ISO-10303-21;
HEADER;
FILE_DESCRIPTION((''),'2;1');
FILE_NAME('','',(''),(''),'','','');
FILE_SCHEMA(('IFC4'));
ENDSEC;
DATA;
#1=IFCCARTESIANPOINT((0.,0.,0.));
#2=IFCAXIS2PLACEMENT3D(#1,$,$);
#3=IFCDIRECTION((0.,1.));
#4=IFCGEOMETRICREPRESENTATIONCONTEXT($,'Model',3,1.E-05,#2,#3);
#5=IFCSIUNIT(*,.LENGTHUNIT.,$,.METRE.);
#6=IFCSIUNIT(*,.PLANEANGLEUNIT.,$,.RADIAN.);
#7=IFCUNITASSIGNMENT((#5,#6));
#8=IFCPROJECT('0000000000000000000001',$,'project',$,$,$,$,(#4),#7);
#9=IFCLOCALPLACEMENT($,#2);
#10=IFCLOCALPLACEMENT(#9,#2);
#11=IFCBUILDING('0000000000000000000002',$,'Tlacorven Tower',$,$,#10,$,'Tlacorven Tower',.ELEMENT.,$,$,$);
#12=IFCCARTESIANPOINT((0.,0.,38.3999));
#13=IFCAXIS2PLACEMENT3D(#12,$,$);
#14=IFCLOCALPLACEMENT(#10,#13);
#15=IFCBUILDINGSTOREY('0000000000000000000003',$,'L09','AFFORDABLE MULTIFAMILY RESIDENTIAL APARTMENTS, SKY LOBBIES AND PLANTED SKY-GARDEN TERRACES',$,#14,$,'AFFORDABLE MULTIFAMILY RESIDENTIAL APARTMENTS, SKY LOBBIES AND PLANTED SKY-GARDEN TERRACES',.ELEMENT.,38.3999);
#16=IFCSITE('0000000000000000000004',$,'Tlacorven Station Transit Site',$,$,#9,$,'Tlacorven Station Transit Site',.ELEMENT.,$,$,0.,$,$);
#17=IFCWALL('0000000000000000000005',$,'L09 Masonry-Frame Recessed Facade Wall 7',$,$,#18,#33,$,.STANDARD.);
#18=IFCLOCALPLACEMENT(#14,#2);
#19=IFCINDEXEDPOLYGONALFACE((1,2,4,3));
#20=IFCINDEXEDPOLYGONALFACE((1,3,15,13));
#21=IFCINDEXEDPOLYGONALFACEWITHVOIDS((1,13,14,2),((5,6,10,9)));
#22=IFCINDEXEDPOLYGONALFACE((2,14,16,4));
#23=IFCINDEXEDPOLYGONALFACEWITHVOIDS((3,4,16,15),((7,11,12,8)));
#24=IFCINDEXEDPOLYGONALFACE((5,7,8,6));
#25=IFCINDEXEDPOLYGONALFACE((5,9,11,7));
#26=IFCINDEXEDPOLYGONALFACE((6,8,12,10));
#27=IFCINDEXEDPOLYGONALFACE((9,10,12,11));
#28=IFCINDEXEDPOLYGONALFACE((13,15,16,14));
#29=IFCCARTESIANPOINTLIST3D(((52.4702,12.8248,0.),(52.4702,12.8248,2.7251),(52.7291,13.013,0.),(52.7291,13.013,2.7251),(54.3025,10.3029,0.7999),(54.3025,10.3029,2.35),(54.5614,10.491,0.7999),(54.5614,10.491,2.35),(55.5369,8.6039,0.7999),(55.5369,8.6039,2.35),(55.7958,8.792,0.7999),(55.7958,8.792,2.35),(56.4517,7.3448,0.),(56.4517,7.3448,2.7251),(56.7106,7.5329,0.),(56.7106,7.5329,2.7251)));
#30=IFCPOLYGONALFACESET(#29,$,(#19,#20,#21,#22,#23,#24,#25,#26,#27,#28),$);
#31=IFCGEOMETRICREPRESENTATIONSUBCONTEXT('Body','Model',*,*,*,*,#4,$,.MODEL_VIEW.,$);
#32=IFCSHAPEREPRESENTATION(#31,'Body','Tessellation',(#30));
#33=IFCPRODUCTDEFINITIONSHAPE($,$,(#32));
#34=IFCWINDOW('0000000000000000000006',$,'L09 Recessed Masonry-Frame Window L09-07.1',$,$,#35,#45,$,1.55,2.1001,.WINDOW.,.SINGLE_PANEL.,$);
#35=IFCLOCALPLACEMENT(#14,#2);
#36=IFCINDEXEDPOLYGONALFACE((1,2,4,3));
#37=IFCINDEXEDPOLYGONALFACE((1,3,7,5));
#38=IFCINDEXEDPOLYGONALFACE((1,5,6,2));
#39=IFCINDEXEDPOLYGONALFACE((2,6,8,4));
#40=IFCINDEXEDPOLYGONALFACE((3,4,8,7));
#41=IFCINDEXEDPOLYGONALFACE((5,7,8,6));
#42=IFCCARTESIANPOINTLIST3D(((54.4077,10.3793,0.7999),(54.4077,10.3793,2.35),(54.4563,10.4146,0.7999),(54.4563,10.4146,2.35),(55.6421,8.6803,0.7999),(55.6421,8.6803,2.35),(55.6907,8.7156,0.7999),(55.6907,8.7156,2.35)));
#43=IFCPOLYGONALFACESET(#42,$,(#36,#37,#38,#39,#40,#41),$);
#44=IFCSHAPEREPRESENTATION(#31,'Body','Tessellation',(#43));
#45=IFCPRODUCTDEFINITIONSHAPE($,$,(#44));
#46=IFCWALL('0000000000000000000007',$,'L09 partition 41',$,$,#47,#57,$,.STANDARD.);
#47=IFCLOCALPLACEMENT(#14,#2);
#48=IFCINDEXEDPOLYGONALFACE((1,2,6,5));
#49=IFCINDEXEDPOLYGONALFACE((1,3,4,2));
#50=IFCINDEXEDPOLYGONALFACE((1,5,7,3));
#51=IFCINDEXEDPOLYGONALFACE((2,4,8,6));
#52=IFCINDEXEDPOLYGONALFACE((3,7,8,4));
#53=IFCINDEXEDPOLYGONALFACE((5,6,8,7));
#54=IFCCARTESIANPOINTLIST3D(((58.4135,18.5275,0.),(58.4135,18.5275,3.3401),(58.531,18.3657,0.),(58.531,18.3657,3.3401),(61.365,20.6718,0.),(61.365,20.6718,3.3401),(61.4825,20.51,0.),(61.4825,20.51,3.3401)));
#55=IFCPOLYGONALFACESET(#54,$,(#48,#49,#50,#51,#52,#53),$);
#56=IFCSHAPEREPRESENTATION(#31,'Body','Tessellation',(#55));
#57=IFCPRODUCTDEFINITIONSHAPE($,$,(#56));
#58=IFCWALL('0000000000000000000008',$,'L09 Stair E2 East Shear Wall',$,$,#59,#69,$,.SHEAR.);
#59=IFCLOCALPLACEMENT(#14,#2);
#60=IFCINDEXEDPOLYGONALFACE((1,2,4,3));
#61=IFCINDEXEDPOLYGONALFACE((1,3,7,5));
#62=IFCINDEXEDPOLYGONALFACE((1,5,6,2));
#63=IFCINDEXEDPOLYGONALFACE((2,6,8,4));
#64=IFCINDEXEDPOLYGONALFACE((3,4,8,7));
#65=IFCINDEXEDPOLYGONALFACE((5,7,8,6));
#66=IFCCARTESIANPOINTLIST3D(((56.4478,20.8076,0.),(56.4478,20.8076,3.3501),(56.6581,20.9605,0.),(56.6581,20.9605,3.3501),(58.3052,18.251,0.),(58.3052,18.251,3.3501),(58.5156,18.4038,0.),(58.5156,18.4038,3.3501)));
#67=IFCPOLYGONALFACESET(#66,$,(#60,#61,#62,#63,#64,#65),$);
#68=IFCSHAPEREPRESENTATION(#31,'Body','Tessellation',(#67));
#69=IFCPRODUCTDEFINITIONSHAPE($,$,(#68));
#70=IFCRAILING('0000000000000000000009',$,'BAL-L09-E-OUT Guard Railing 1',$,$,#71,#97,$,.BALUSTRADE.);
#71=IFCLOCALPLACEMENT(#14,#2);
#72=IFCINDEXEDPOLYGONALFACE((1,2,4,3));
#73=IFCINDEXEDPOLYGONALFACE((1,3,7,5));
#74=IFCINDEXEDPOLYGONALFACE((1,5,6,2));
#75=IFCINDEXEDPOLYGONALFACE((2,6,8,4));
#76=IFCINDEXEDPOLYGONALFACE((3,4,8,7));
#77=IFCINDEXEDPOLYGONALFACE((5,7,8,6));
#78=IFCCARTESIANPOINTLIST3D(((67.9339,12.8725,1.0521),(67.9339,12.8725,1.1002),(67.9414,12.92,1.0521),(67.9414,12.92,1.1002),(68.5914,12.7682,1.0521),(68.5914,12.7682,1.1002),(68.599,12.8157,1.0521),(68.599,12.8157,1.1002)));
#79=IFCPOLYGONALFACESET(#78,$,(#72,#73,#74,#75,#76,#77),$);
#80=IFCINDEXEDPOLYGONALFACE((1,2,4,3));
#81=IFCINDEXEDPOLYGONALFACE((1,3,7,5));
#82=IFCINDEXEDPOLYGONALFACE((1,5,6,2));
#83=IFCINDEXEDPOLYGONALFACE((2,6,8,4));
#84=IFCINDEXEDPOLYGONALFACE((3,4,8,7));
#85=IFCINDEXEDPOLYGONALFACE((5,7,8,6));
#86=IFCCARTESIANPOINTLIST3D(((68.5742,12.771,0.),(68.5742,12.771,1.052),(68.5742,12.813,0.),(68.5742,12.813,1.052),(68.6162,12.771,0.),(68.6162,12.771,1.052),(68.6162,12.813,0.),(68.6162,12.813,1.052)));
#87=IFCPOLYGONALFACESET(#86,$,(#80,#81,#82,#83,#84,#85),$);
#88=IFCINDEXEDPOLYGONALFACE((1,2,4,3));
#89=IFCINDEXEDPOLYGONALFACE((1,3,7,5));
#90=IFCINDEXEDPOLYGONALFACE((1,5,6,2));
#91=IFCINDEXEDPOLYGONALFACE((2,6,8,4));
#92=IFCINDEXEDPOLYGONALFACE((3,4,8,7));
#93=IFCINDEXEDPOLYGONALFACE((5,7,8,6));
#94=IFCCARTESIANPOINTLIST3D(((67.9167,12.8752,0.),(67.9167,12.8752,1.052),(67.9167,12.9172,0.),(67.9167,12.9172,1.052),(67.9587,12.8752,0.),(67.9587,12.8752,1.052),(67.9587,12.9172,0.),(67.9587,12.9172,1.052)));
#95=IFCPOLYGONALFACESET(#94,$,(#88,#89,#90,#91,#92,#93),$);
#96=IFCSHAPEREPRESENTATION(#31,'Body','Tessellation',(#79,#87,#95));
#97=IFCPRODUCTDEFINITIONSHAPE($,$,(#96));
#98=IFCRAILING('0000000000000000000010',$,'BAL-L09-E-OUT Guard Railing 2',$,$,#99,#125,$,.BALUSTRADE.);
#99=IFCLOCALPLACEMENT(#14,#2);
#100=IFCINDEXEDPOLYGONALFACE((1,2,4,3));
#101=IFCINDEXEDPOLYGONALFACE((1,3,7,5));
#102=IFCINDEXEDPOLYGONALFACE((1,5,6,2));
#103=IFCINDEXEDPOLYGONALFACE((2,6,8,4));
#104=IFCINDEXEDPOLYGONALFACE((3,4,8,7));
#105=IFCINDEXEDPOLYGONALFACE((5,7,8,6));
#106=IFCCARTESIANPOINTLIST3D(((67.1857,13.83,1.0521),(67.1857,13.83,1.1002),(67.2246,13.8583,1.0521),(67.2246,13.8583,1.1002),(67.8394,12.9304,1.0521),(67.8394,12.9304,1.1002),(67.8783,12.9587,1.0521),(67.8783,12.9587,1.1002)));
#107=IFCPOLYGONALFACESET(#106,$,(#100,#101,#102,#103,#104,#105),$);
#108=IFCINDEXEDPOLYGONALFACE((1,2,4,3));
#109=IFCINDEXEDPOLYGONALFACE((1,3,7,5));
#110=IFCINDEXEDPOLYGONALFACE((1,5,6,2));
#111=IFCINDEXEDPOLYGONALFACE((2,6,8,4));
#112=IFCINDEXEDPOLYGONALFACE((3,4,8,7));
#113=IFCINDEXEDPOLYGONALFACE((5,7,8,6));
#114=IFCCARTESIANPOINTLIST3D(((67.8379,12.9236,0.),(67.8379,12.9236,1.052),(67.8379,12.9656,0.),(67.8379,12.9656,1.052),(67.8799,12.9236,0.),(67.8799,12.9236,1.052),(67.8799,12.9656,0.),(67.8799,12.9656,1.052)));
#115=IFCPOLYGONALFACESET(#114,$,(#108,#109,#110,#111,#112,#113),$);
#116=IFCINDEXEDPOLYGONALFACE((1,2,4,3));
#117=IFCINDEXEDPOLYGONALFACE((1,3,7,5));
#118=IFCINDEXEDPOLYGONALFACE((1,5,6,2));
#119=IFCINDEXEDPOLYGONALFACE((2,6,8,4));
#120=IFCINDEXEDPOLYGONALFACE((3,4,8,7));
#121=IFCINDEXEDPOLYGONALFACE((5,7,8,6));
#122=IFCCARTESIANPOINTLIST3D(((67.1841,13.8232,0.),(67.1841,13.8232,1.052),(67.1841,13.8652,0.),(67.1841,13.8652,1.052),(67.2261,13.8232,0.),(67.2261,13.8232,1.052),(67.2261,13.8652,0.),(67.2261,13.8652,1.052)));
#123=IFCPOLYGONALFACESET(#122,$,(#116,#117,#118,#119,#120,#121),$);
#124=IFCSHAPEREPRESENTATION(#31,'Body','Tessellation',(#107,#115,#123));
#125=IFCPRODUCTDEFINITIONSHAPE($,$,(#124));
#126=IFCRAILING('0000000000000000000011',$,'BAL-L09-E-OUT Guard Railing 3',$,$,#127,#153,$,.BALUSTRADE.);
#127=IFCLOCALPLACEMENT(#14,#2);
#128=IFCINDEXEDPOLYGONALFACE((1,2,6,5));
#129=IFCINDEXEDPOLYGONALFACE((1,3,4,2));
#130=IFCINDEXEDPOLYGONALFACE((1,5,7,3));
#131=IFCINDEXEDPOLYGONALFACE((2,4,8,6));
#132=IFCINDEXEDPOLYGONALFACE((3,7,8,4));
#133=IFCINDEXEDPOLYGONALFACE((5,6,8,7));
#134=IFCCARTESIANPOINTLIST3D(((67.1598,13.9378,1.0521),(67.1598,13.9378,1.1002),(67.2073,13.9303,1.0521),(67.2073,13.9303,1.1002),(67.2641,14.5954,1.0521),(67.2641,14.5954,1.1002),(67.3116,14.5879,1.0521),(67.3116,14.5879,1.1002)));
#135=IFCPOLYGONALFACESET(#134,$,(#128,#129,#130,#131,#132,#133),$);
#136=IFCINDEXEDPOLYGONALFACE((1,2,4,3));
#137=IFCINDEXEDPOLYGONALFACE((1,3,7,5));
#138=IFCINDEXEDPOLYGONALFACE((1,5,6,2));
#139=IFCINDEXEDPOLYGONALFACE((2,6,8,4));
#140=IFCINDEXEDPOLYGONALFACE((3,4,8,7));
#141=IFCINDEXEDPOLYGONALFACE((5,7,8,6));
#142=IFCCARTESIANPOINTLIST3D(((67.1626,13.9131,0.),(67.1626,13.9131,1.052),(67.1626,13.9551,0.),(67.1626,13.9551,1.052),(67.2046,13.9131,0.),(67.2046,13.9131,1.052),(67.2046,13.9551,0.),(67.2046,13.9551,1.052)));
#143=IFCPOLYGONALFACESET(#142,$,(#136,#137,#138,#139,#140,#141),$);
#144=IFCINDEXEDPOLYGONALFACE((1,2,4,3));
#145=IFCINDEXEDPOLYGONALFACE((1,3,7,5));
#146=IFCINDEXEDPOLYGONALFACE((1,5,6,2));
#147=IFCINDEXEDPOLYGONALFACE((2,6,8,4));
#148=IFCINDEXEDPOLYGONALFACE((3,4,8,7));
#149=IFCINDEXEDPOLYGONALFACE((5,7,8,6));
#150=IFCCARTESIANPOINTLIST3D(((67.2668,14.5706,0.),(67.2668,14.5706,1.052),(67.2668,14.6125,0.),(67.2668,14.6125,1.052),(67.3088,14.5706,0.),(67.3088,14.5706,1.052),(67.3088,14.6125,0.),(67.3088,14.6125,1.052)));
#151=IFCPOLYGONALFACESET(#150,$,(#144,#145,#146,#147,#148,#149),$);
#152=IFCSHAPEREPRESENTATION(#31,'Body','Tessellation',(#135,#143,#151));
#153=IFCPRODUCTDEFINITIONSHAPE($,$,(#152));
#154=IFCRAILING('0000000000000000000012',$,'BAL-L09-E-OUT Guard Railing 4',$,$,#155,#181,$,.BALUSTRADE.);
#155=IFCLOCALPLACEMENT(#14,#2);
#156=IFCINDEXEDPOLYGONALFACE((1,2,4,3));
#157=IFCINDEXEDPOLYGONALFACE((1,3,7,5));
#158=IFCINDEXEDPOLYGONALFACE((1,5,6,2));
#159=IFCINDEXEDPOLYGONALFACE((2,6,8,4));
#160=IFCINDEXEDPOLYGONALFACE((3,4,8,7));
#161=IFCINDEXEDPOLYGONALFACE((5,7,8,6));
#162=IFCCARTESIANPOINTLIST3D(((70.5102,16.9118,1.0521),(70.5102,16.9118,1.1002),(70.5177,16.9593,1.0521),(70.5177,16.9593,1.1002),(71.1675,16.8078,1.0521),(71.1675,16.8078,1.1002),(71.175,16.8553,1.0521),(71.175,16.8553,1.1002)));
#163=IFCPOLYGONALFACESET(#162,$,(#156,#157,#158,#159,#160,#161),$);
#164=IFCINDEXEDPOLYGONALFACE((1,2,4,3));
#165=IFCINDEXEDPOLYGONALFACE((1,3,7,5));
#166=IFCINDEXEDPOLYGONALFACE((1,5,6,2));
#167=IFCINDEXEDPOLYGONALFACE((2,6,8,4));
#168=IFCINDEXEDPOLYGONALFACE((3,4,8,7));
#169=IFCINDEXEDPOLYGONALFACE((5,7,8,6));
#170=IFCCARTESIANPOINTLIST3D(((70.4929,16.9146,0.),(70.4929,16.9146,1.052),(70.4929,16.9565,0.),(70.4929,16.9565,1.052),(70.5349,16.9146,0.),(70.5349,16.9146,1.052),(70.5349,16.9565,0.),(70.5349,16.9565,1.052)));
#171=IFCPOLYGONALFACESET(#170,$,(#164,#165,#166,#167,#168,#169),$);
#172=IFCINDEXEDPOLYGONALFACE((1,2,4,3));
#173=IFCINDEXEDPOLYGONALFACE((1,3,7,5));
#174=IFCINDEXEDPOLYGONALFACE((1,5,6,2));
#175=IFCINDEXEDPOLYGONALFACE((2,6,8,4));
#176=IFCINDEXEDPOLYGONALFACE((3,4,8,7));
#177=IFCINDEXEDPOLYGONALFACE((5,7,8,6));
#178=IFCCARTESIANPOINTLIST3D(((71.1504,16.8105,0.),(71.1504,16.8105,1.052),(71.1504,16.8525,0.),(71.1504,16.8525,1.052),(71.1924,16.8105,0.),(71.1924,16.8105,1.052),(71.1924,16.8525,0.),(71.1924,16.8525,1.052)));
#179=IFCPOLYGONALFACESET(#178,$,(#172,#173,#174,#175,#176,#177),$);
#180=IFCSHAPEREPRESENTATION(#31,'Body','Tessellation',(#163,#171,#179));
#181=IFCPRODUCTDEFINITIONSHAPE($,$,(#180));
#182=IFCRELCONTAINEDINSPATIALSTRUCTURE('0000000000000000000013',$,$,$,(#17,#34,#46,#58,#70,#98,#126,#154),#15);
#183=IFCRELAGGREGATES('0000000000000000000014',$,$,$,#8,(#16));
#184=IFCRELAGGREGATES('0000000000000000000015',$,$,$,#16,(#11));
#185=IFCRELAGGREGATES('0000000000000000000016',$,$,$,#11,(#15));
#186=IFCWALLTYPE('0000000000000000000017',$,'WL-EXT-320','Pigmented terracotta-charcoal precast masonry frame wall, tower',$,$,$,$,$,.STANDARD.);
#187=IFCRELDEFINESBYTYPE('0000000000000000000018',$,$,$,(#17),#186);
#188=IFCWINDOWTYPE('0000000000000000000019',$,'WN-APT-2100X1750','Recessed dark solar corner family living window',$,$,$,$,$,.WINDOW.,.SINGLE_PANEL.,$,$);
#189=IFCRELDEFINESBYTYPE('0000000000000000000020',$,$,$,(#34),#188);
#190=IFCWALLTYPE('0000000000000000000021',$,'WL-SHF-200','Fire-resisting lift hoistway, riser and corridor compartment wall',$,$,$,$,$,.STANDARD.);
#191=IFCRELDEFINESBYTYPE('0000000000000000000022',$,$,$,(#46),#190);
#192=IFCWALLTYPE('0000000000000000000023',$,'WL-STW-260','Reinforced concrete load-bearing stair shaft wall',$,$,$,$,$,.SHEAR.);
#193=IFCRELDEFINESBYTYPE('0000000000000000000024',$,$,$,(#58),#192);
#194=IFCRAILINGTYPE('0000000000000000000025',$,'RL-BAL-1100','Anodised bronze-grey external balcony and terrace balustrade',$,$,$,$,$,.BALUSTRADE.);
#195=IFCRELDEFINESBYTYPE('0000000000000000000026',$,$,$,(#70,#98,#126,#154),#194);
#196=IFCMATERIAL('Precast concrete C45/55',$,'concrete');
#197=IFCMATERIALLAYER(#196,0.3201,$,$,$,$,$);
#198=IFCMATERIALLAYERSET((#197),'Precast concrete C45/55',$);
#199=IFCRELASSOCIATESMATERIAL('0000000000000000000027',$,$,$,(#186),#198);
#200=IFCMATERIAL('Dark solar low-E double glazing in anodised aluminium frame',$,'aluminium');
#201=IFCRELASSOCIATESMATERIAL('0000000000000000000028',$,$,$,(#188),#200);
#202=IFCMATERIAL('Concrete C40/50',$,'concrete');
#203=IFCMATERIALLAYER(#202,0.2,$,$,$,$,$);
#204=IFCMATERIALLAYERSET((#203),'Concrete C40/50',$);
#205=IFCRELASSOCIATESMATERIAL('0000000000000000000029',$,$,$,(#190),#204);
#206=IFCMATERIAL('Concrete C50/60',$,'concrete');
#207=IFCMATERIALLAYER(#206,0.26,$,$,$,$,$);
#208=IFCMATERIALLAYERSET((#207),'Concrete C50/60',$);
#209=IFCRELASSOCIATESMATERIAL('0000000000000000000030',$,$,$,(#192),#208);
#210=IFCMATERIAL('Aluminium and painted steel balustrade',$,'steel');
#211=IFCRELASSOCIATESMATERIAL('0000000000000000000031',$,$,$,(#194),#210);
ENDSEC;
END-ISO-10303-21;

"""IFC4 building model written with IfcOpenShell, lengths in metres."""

from ifc_helpers import new_model, si_unit, direction, frame, frame_2d, origin, origin_2d, place, context, subcontext, project, spatial, rectangle, extrude, source, transform, mapped, material, layer, layer_set, type_object, element, fill, save


model = new_model("IFC4")

# Units and contexts
model_context = context("Model", 3, precision=1e-05, world=origin(), true_north=direction((0.0, 1.0)))
body_context = subcontext(model_context, "Body", "Model", "MODEL_VIEW")
ifc_project = project(units=[si_unit("LENGTHUNIT", "METRE"), si_unit("PLANEANGLEUNIT", "RADIAN")], contexts=[model_context])

# Site, building, storey
site_placement = place(None, origin())
site = spatial("IfcSite", under=ifc_project, at=site_placement, Name="Tlacorven Station Transit Site", LongName="Tlacorven Station Transit Site", CompositionType="ELEMENT", RefElevation=0.0)
building_placement = place(site_placement, origin())
building = spatial("IfcBuilding", under=site, at=building_placement, Name="Tlacorven Tower", LongName="Tlacorven Tower", CompositionType="ELEMENT")
storey_placement = place(building_placement, frame((0.0, 0.0, 38.3999)))
storey = spatial("IfcBuildingStorey", under=building, at=storey_placement, Name="L09", Description="AFFORDABLE MULTIFAMILY RESIDENTIAL APARTMENTS, SKY LOBBIES AND PLANTED SKY-GARDEN TERRACES", LongName="AFFORDABLE MULTIFAMILY RESIDENTIAL APARTMENTS, SKY LOBBIES AND PLANTED SKY-GARDEN TERRACES", CompositionType="ELEMENT", Elevation=38.3999)

# Shared definitions
ifc_material_1 = material(Name="Precast concrete C45/55", Category="concrete")
ifc_layer_1 = layer(ifc_material_1, 0.3201)
ifc_layer_set_1 = layer_set([ifc_layer_1], Name="Precast concrete C45/55")
wall_type_1 = type_object("IfcWallType", Name="WL-EXT-320", Description="Pigmented terracotta-charcoal precast masonry frame wall, tower", PredefinedType="STANDARD", material=ifc_layer_set_1)
ifc_material_2 = material(Name="Dark solar low-E double glazing in anodised aluminium frame", Category="aluminium")

# Wall, opening, window
wall_1_placement = place(storey_placement, frame((56.5811, 7.439, 0.0), z_axis=(0.0, 0.0, 1.0), x_axis=(-0.587786, 0.809017, 0.0)))
wall_1 = element("IfcWall", 1, at=wall_1_placement, inside=storey, type_object=wall_type_1, Name="L09 Masonry-Frame Recessed Facade Wall 7", PredefinedType="STANDARD", context=body_context, shape_type="SweptSolid", body=[
    extrude(rectangle(XDim=6.7737, YDim=0.3201, at=frame_2d((3.3867, 0.0))), origin(), (0.0, 0.0, 1.0), 2.7251),
])
opening_1_placement = place(wall_1_placement, frame((1.5562, 0.0, 0.8)))
opening_1 = element("IfcOpeningElement", 2, at=opening_1_placement, cuts=wall_1, PredefinedType="OPENING", context=body_context, shape_type="SweptSolid", body=[
    extrude(rectangle(XDim=2.1001, YDim=1.55, at=frame_2d((1.05, 0.7749))), frame((0.0, 0.1699, 0.0), z_axis=(0.0, -1.0, 0.0), x_axis=(1.0, 0.0, 0.0)), (0.0, 0.0, 1.0), 0.3401),
])
window_type_1 = type_object("IfcWindowType", Name="WN-APT-2100X1750", Description="Recessed dark solar corner family living window", PartitioningType="SINGLE_PANEL", PredefinedType="WINDOW", material=ifc_material_2)
shared_shape_1 = source(origin(), body_context, "Body", "SweptSolid", [
    extrude(rectangle(XDim=2.1001, YDim=1.55, at=frame_2d((1.05, 0.7749))), frame((0.0, 0.03, 0.0), z_axis=(0.0, -1.0, 0.0), x_axis=(1.0, 0.0, 0.0)), (0.0, 0.0, 1.0), 0.0601),
])
window_1_placement = place(opening_1_placement, origin())
window_1 = element("IfcWindow", 3, at=window_1_placement, inside=storey, type_object=window_type_1, Name="L09 Recessed Masonry-Frame Window L09-07.1", OverallHeight=1.55, OverallWidth=2.1001, PartitioningType="SINGLE_PANEL", PredefinedType="WINDOW", context=body_context, shape_type="MappedRepresentation", body=[
    mapped(shared_shape_1, transform((0.0, 0.0, 0.0), scale=1.0)),
])
fill(opening_1, window_1)

# Walls
ifc_material_3 = material(Name="Concrete C40/50", Category="concrete")
ifc_layer_2 = layer(ifc_material_3, 0.2)
ifc_layer_set_2 = layer_set([ifc_layer_2], Name="Concrete C40/50")
wall_type_2 = type_object("IfcWallType", Name="WL-SHF-200", Description="Fire-resisting lift hoistway, riser and corridor compartment wall", PredefinedType="STANDARD", material=ifc_layer_set_2)
wall_2_placement = place(storey_placement, frame((58.4722, 18.4465, 0.0), z_axis=(0.0, 0.0, 1.0), x_axis=(0.809022, 0.587778, 0.0)))
element("IfcWall", 4, at=wall_2_placement, inside=storey, type_object=wall_type_2, Name="L09 partition 41", PredefinedType="STANDARD", context=body_context, shape_type="SweptSolid", body=[
    extrude(rectangle(XDim=3.6482, YDim=0.2, at=frame_2d((1.8242, 0.0))), origin(), (0.0, 0.0, 1.0), 3.3401),
])
ifc_material_4 = material(Name="Concrete C50/60", Category="concrete")
ifc_layer_3 = layer(ifc_material_4, 0.26)
ifc_layer_set_3 = layer_set([ifc_layer_3], Name="Concrete C50/60")
wall_type_3 = type_object("IfcWallType", Name="WL-STW-260", Description="Reinforced concrete load-bearing stair shaft wall", PredefinedType="SHEAR", material=ifc_layer_set_3)
wall_3_placement = place(storey_placement, frame((58.4104, 18.3274, 0.0), z_axis=(0.0, 0.0, 1.0), x_axis=(-0.587767, 0.80903, 0.0)))
element("IfcWall", 5, at=wall_3_placement, inside=storey, type_object=wall_type_3, Name="L09 Stair E2 East Shear Wall", PredefinedType="SHEAR", context=body_context, shape_type="SweptSolid", body=[
    extrude(rectangle(XDim=3.1602, YDim=0.26, at=frame_2d((1.5801, 0.0))), origin(), (0.0, 0.0, 1.0), 3.3501),
])

# Railings
ifc_material_5 = material(Name="Aluminium and painted steel balustrade", Category="steel")
railing_type = type_object("IfcRailingType", Name="RL-BAL-1100", Description="Anodised bronze-grey external balcony and terrace balustrade", PredefinedType="BALUSTRADE", material=ifc_material_5)
shared_shape_2 = source(origin(), body_context, "Body", "SweptSolid", [
    extrude(rectangle(XDim=0.0481, YDim=0.0481, at=origin_2d()), frame((0.0, 0.0, 1.0762), z_axis=(-0.987662, 0.156603, 0.0), x_axis=(-0.156603, -0.987662, 0.0)), (0.0, 0.0, 1.0), 0.6658),
    extrude(rectangle(XDim=0.042, YDim=0.042, at=origin_2d()), origin(), (0.0, 0.0, 1.0), 1.052),
    extrude(rectangle(XDim=0.042, YDim=0.042, at=origin_2d()), frame((-0.6575, 0.1042, 0.0)), (0.0, 0.0, 1.0), 1.052),
])
railing_1_placement = place(storey_placement, frame((68.5952, 12.792, 0.0)))
element("IfcRailing", 6, at=railing_1_placement, inside=storey, type_object=railing_type, Name="BAL-L09-E-OUT Guard Railing 1", PredefinedType="BALUSTRADE", context=body_context, shape_type="MappedRepresentation", body=[
    mapped(shared_shape_2, transform((0.0, 0.0, 0.0), scale=1.0)),
])
shared_shape_3 = source(origin(), body_context, "Body", "SweptSolid", [
    extrude(rectangle(XDim=0.0481, YDim=0.0481, at=origin_2d()), frame((0.0, 0.0, 1.0762), z_axis=(-0.587884, 0.808945, 0.0), x_axis=(-0.808945, -0.587884, 0.0)), (0.0, 0.0, 1.0), 1.1121),
    extrude(rectangle(XDim=0.042, YDim=0.042, at=origin_2d()), origin(), (0.0, 0.0, 1.0), 1.052),
    extrude(rectangle(XDim=0.042, YDim=0.042, at=origin_2d()), frame((-0.6538, 0.8997, 0.0)), (0.0, 0.0, 1.0), 1.052),
])
railing_2_placement = place(storey_placement, frame((67.8589, 12.9446, 0.0)))
element("IfcRailing", 7, at=railing_2_placement, inside=storey, type_object=railing_type, Name="BAL-L09-E-OUT Guard Railing 2", PredefinedType="BALUSTRADE", context=body_context, shape_type="MappedRepresentation", body=[
    mapped(shared_shape_3, transform((0.0, 0.0, 0.0), scale=1.0)),
])
shared_shape_4 = source(origin(), body_context, "Body", "SweptSolid", [
    extrude(rectangle(XDim=0.0481, YDim=0.0481, at=origin_2d()), frame((0.0, 0.0, 1.0762), z_axis=(0.156603, 0.987662, 0.0), x_axis=(-0.987662, 0.156603, 0.0)), (0.0, 0.0, 1.0), 0.6658),
    extrude(rectangle(XDim=0.042, YDim=0.042, at=origin_2d()), origin(), (0.0, 0.0, 1.0), 1.052),
    extrude(rectangle(XDim=0.042, YDim=0.042, at=origin_2d()), frame((0.1042, 0.6575, 0.0)), (0.0, 0.0, 1.0), 1.052),
])
railing_3_placement = place(storey_placement, frame((67.1836, 13.9341, 0.0)))
element("IfcRailing", 8, at=railing_3_placement, inside=storey, type_object=railing_type, Name="BAL-L09-E-OUT Guard Railing 3", PredefinedType="BALUSTRADE", context=body_context, shape_type="MappedRepresentation", body=[
    mapped(shared_shape_4, transform((0.0, 0.0, 0.0), scale=1.0)),
])
shared_shape_5 = source(origin(), body_context, "Body", "SweptSolid", [
    extrude(rectangle(XDim=0.0481, YDim=0.0481, at=origin_2d()), frame((0.0, 0.0, 1.0762), z_axis=(0.987718, -0.156245, 0.0), x_axis=(0.156245, 0.987718, 0.0)), (0.0, 0.0, 1.0), 0.6655),
    extrude(rectangle(XDim=0.042, YDim=0.042, at=origin_2d()), origin(), (0.0, 0.0, 1.0), 1.052),
    extrude(rectangle(XDim=0.042, YDim=0.042, at=origin_2d()), frame((0.6575, -0.104, 0.0)), (0.0, 0.0, 1.0), 1.052),
])
railing_4_placement = place(storey_placement, frame((70.5139, 16.9355, 0.0)))
element("IfcRailing", 9, at=railing_4_placement, inside=storey, type_object=railing_type, Name="BAL-L09-E-OUT Guard Railing 4", PredefinedType="BALUSTRADE", context=body_context, shape_type="MappedRepresentation", body=[
    mapped(shared_shape_5, transform((0.0, 0.0, 0.0), scale=1.0)),
])

save(model, "model.ifc")
